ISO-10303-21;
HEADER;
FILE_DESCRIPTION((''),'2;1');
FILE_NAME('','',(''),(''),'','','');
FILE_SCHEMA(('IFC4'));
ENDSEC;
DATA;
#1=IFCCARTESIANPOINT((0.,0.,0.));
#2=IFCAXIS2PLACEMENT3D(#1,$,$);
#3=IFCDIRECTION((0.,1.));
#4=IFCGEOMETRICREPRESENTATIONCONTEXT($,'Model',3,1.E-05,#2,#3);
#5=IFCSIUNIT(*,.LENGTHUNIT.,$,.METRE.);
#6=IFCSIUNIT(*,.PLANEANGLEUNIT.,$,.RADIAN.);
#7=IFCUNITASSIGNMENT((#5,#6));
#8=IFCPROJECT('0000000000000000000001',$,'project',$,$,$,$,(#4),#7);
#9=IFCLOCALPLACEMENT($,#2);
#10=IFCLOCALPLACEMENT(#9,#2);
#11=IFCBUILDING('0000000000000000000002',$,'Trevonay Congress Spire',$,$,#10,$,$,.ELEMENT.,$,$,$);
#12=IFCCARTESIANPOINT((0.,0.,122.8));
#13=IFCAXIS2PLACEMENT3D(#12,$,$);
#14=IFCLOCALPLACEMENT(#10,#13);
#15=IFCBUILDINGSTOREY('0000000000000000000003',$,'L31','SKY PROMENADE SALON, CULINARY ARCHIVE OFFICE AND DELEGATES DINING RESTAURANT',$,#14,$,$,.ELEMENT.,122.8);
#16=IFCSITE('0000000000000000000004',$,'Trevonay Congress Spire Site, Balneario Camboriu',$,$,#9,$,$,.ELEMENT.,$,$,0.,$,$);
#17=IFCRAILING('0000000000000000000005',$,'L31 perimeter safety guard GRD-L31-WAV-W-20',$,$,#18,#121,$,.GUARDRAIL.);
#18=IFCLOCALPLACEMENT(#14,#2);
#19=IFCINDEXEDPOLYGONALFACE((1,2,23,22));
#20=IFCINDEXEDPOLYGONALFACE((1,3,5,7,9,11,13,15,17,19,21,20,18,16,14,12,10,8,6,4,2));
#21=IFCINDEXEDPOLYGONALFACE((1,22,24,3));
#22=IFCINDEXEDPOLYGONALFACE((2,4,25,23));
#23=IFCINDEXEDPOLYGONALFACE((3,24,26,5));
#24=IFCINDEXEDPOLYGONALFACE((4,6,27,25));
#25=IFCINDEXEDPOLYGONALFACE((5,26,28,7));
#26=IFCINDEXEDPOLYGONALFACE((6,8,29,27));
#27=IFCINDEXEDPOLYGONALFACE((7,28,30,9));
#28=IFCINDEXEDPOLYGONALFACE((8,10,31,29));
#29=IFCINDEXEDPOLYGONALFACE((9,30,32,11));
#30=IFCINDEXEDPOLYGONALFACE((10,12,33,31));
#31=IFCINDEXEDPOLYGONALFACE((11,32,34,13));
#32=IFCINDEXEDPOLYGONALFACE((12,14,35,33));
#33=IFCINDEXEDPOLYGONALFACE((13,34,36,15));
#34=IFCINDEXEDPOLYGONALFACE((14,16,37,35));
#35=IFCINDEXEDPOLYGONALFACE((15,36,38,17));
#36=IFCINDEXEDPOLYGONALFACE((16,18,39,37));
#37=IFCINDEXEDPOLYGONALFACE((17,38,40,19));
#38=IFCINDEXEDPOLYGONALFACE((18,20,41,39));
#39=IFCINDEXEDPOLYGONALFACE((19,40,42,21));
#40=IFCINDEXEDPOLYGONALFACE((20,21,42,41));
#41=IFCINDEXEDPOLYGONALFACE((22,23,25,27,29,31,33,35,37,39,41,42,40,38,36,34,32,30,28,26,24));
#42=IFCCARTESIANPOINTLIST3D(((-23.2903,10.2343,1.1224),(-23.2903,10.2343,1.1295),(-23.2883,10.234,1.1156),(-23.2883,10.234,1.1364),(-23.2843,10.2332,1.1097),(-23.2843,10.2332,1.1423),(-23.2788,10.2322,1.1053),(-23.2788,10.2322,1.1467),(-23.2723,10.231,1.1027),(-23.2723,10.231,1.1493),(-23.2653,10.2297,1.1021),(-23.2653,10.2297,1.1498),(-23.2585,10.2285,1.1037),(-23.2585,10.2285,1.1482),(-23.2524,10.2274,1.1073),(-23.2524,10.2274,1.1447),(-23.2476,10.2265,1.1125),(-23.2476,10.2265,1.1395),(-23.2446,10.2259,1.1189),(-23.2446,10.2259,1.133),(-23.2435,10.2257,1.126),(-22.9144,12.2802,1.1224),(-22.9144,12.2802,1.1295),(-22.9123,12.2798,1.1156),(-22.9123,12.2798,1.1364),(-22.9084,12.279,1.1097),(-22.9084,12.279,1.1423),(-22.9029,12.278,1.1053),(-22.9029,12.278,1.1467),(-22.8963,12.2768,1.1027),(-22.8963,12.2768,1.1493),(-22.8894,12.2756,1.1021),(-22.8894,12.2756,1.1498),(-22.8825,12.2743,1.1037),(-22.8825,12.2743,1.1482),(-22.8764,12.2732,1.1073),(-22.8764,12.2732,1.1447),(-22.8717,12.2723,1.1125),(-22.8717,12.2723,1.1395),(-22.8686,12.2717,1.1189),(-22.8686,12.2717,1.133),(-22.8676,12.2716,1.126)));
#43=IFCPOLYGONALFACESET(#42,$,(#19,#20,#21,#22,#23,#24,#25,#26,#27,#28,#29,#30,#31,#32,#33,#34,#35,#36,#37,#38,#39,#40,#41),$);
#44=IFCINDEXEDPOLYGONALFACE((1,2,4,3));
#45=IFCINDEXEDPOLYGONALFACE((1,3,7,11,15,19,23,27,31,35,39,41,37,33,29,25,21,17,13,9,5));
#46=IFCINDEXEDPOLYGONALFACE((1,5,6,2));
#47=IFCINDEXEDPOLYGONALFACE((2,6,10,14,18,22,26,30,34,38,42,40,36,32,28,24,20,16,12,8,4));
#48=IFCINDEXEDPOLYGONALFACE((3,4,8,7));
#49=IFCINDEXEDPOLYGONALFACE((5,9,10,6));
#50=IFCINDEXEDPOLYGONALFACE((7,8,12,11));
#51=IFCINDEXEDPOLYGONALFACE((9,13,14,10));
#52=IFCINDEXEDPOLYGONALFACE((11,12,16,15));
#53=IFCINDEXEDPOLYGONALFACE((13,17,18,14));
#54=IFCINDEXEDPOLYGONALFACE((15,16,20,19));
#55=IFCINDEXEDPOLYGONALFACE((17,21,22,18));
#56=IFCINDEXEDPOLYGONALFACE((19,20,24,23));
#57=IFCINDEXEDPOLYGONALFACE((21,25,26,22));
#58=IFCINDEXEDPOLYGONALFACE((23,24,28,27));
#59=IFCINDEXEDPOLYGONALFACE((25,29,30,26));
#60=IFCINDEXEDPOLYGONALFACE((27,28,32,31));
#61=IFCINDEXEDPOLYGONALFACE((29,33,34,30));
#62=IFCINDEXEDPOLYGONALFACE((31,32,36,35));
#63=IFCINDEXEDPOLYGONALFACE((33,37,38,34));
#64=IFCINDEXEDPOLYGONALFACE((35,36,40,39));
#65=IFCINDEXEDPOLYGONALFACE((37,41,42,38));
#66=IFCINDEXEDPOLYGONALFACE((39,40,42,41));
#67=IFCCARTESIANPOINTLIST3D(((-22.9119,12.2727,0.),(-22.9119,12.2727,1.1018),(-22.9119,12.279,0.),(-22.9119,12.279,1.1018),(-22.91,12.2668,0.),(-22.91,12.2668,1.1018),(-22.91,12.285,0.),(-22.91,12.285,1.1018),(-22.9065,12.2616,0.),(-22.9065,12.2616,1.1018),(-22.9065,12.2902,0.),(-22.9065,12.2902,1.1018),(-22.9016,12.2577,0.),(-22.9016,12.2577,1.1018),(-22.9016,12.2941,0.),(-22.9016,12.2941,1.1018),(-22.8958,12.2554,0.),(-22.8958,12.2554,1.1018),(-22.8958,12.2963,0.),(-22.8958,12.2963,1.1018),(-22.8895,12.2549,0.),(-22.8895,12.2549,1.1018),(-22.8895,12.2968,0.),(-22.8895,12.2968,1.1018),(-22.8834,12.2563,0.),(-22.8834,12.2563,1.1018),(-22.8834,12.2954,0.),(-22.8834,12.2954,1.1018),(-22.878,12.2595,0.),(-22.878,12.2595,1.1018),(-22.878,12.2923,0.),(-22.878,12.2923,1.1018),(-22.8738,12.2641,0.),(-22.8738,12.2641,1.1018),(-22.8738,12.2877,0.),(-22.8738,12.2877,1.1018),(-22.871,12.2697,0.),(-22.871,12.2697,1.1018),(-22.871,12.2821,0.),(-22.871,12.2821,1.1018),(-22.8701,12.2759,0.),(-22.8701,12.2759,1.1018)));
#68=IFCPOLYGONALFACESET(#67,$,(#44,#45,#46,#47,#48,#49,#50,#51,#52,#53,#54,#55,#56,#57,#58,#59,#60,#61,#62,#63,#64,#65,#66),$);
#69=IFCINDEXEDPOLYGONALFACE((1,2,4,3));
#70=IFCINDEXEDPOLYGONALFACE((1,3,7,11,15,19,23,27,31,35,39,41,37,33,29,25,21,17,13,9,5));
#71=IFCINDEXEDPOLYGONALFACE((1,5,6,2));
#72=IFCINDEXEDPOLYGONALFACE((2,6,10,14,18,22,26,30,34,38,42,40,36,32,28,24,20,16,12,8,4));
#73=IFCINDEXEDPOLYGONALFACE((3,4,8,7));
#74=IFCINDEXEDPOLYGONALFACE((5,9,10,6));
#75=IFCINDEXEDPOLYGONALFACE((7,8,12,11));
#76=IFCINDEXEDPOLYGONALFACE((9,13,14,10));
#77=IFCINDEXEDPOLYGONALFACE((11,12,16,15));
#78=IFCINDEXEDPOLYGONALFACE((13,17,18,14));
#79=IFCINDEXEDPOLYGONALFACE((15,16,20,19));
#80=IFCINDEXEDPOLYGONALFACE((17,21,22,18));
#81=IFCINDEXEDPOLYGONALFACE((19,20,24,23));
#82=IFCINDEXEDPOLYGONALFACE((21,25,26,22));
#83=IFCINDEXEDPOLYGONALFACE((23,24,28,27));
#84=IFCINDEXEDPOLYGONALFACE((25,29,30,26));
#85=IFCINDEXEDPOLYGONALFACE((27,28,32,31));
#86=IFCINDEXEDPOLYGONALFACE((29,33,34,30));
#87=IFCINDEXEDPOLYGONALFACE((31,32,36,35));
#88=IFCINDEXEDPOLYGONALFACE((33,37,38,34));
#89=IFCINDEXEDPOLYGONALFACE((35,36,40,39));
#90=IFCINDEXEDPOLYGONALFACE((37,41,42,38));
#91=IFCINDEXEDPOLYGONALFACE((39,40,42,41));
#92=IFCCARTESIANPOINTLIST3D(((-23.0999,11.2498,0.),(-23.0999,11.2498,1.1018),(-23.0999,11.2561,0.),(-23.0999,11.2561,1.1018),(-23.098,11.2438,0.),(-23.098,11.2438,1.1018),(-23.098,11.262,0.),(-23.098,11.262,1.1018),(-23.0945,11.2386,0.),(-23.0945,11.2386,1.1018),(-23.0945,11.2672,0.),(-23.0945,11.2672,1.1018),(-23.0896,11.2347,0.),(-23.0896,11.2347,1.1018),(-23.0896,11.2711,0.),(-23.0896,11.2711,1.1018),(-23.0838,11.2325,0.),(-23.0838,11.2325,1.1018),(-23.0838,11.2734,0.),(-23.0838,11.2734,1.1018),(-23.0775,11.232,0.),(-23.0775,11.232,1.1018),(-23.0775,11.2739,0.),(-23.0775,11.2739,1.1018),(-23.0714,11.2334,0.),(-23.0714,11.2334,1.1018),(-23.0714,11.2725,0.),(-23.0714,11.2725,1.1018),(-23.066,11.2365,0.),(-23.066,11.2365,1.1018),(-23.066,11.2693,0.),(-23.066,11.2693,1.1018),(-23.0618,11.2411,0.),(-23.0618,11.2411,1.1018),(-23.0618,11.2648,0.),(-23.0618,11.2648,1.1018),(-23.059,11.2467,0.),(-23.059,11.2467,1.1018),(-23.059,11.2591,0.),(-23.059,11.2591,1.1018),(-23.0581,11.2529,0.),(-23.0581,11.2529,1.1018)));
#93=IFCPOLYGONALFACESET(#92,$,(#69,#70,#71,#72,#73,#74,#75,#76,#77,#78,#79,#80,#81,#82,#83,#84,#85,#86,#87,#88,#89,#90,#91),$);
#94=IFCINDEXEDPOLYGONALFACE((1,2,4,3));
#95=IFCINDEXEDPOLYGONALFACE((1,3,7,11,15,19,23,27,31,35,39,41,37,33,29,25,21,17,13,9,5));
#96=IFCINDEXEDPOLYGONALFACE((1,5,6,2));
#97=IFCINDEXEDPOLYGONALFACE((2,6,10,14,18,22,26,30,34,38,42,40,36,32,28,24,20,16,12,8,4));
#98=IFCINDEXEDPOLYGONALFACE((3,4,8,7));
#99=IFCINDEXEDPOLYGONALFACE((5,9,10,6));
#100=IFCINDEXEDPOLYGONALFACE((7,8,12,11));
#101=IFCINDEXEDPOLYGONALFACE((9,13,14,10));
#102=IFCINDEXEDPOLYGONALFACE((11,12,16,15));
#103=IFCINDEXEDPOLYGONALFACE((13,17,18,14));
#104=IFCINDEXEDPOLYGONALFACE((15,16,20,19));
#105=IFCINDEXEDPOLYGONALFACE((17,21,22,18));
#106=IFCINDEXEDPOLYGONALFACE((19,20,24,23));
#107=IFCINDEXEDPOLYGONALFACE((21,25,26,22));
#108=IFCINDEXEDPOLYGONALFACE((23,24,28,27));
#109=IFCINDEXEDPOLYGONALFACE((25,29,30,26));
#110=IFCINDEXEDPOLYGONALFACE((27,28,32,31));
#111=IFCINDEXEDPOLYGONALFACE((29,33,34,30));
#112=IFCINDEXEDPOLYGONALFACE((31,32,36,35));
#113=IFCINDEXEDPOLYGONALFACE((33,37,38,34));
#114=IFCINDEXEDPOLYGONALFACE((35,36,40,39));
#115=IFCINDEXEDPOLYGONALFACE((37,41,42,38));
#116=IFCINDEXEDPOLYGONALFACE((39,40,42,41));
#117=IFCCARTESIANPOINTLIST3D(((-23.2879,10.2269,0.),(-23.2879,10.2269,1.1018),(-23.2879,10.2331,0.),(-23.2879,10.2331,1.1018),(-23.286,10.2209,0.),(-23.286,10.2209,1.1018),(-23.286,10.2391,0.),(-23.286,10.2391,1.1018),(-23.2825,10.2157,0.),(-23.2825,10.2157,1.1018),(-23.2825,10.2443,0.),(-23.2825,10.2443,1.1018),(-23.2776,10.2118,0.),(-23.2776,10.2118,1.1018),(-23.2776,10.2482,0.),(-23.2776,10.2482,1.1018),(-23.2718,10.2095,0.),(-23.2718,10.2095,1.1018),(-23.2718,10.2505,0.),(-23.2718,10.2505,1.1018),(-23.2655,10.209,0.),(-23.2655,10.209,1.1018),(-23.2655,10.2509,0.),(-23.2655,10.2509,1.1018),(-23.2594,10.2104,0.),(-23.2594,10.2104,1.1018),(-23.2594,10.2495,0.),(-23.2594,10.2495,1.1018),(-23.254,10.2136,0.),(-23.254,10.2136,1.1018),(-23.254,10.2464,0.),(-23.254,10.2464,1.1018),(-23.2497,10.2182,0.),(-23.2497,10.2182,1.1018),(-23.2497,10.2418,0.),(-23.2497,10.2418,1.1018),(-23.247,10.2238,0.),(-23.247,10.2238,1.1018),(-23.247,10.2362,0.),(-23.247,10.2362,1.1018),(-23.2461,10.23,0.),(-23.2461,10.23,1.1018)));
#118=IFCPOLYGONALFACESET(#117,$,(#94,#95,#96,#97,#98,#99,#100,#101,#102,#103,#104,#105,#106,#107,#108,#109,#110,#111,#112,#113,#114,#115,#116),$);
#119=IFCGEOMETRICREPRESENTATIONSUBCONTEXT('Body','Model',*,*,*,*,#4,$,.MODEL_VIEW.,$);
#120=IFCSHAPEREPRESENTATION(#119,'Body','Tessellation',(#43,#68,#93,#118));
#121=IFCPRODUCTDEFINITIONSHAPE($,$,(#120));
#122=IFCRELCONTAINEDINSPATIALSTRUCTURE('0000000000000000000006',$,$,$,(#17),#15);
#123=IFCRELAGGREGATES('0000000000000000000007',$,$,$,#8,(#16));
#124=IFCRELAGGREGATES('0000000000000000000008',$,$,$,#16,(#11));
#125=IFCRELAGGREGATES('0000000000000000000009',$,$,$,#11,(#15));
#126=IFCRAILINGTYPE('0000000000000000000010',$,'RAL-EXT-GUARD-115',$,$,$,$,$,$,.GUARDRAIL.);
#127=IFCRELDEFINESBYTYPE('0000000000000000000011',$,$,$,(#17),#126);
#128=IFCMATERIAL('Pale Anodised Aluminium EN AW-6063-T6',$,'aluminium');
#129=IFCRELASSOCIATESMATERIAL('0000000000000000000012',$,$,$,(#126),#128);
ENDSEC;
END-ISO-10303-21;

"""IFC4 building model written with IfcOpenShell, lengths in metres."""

from ifc_helpers import new_model, si_unit, direction, frame, origin, origin_2d, place, context, subcontext, project, spatial, circle, extrude, material, type_object, element, save


model = new_model("IFC4")

# Units and contexts
model_context = context("Model", 3, precision=1e-05, world=origin(), true_north=direction((0.0, 1.0)))
body_context = subcontext(model_context, "Body", "Model", "MODEL_VIEW")
ifc_project = project(units=[si_unit("LENGTHUNIT", "METRE"), si_unit("PLANEANGLEUNIT", "RADIAN")], contexts=[model_context])

# Site, building, storey
site_placement = place(None, origin())
site = spatial("IfcSite", under=ifc_project, at=site_placement, Name="Trevonay Congress Spire Site, Balneario Camboriu", CompositionType="ELEMENT", RefElevation=0.0)
building_placement = place(site_placement, origin())
building = spatial("IfcBuilding", under=site, at=building_placement, Name="Trevonay Congress Spire", CompositionType="ELEMENT")
storey_placement = place(building_placement, frame((0.0, 0.0, 122.8)))
storey = spatial("IfcBuildingStorey", under=building, at=storey_placement, Name="L31", Description="SKY PROMENADE SALON, CULINARY ARCHIVE OFFICE AND DELEGATES DINING RESTAURANT", CompositionType="ELEMENT", Elevation=122.8)

# Shared definitions
ifc_material_1 = material(Name="Pale Anodised Aluminium EN AW-6063-T6", Category="aluminium")

# Railing
railing_type = type_object("IfcRailingType", Name="RAL-EXT-GUARD-115", PredefinedType="GUARDRAIL", material=ifc_material_1)
railing_1_placement = place(storey_placement, frame((-22.8911, 12.2759, 0.0)))
element("IfcRailing", 1, at=railing_1_placement, inside=storey, type_object=railing_type, Name="L31 perimeter safety guard GRD-L31-WAV-W-20", PredefinedType="GUARDRAIL", context=body_context, shape_type="SweptSolid", body=[
    extrude(circle(Radius=0.0239, at=origin_2d()), frame((0.0, 0.0, 1.126), z_axis=(-0.180744, -0.98353, 0.0), x_axis=(0.98353, -0.180744, 0.0)), (0.0, 0.0, 1.0), 2.0801),
    extrude(circle(Radius=0.021, at=origin_2d()), origin(), (0.0, 0.0, 1.0), 1.1018),
    extrude(circle(Radius=0.021, at=origin_2d()), frame((-0.188, -1.0229, 0.0)), (0.0, 0.0, 1.0), 1.1018),
    extrude(circle(Radius=0.021, at=origin_2d()), frame((-0.376, -2.0459, 0.0)), (0.0, 0.0, 1.0), 1.1018),
])

save(model, "model.ifc")
